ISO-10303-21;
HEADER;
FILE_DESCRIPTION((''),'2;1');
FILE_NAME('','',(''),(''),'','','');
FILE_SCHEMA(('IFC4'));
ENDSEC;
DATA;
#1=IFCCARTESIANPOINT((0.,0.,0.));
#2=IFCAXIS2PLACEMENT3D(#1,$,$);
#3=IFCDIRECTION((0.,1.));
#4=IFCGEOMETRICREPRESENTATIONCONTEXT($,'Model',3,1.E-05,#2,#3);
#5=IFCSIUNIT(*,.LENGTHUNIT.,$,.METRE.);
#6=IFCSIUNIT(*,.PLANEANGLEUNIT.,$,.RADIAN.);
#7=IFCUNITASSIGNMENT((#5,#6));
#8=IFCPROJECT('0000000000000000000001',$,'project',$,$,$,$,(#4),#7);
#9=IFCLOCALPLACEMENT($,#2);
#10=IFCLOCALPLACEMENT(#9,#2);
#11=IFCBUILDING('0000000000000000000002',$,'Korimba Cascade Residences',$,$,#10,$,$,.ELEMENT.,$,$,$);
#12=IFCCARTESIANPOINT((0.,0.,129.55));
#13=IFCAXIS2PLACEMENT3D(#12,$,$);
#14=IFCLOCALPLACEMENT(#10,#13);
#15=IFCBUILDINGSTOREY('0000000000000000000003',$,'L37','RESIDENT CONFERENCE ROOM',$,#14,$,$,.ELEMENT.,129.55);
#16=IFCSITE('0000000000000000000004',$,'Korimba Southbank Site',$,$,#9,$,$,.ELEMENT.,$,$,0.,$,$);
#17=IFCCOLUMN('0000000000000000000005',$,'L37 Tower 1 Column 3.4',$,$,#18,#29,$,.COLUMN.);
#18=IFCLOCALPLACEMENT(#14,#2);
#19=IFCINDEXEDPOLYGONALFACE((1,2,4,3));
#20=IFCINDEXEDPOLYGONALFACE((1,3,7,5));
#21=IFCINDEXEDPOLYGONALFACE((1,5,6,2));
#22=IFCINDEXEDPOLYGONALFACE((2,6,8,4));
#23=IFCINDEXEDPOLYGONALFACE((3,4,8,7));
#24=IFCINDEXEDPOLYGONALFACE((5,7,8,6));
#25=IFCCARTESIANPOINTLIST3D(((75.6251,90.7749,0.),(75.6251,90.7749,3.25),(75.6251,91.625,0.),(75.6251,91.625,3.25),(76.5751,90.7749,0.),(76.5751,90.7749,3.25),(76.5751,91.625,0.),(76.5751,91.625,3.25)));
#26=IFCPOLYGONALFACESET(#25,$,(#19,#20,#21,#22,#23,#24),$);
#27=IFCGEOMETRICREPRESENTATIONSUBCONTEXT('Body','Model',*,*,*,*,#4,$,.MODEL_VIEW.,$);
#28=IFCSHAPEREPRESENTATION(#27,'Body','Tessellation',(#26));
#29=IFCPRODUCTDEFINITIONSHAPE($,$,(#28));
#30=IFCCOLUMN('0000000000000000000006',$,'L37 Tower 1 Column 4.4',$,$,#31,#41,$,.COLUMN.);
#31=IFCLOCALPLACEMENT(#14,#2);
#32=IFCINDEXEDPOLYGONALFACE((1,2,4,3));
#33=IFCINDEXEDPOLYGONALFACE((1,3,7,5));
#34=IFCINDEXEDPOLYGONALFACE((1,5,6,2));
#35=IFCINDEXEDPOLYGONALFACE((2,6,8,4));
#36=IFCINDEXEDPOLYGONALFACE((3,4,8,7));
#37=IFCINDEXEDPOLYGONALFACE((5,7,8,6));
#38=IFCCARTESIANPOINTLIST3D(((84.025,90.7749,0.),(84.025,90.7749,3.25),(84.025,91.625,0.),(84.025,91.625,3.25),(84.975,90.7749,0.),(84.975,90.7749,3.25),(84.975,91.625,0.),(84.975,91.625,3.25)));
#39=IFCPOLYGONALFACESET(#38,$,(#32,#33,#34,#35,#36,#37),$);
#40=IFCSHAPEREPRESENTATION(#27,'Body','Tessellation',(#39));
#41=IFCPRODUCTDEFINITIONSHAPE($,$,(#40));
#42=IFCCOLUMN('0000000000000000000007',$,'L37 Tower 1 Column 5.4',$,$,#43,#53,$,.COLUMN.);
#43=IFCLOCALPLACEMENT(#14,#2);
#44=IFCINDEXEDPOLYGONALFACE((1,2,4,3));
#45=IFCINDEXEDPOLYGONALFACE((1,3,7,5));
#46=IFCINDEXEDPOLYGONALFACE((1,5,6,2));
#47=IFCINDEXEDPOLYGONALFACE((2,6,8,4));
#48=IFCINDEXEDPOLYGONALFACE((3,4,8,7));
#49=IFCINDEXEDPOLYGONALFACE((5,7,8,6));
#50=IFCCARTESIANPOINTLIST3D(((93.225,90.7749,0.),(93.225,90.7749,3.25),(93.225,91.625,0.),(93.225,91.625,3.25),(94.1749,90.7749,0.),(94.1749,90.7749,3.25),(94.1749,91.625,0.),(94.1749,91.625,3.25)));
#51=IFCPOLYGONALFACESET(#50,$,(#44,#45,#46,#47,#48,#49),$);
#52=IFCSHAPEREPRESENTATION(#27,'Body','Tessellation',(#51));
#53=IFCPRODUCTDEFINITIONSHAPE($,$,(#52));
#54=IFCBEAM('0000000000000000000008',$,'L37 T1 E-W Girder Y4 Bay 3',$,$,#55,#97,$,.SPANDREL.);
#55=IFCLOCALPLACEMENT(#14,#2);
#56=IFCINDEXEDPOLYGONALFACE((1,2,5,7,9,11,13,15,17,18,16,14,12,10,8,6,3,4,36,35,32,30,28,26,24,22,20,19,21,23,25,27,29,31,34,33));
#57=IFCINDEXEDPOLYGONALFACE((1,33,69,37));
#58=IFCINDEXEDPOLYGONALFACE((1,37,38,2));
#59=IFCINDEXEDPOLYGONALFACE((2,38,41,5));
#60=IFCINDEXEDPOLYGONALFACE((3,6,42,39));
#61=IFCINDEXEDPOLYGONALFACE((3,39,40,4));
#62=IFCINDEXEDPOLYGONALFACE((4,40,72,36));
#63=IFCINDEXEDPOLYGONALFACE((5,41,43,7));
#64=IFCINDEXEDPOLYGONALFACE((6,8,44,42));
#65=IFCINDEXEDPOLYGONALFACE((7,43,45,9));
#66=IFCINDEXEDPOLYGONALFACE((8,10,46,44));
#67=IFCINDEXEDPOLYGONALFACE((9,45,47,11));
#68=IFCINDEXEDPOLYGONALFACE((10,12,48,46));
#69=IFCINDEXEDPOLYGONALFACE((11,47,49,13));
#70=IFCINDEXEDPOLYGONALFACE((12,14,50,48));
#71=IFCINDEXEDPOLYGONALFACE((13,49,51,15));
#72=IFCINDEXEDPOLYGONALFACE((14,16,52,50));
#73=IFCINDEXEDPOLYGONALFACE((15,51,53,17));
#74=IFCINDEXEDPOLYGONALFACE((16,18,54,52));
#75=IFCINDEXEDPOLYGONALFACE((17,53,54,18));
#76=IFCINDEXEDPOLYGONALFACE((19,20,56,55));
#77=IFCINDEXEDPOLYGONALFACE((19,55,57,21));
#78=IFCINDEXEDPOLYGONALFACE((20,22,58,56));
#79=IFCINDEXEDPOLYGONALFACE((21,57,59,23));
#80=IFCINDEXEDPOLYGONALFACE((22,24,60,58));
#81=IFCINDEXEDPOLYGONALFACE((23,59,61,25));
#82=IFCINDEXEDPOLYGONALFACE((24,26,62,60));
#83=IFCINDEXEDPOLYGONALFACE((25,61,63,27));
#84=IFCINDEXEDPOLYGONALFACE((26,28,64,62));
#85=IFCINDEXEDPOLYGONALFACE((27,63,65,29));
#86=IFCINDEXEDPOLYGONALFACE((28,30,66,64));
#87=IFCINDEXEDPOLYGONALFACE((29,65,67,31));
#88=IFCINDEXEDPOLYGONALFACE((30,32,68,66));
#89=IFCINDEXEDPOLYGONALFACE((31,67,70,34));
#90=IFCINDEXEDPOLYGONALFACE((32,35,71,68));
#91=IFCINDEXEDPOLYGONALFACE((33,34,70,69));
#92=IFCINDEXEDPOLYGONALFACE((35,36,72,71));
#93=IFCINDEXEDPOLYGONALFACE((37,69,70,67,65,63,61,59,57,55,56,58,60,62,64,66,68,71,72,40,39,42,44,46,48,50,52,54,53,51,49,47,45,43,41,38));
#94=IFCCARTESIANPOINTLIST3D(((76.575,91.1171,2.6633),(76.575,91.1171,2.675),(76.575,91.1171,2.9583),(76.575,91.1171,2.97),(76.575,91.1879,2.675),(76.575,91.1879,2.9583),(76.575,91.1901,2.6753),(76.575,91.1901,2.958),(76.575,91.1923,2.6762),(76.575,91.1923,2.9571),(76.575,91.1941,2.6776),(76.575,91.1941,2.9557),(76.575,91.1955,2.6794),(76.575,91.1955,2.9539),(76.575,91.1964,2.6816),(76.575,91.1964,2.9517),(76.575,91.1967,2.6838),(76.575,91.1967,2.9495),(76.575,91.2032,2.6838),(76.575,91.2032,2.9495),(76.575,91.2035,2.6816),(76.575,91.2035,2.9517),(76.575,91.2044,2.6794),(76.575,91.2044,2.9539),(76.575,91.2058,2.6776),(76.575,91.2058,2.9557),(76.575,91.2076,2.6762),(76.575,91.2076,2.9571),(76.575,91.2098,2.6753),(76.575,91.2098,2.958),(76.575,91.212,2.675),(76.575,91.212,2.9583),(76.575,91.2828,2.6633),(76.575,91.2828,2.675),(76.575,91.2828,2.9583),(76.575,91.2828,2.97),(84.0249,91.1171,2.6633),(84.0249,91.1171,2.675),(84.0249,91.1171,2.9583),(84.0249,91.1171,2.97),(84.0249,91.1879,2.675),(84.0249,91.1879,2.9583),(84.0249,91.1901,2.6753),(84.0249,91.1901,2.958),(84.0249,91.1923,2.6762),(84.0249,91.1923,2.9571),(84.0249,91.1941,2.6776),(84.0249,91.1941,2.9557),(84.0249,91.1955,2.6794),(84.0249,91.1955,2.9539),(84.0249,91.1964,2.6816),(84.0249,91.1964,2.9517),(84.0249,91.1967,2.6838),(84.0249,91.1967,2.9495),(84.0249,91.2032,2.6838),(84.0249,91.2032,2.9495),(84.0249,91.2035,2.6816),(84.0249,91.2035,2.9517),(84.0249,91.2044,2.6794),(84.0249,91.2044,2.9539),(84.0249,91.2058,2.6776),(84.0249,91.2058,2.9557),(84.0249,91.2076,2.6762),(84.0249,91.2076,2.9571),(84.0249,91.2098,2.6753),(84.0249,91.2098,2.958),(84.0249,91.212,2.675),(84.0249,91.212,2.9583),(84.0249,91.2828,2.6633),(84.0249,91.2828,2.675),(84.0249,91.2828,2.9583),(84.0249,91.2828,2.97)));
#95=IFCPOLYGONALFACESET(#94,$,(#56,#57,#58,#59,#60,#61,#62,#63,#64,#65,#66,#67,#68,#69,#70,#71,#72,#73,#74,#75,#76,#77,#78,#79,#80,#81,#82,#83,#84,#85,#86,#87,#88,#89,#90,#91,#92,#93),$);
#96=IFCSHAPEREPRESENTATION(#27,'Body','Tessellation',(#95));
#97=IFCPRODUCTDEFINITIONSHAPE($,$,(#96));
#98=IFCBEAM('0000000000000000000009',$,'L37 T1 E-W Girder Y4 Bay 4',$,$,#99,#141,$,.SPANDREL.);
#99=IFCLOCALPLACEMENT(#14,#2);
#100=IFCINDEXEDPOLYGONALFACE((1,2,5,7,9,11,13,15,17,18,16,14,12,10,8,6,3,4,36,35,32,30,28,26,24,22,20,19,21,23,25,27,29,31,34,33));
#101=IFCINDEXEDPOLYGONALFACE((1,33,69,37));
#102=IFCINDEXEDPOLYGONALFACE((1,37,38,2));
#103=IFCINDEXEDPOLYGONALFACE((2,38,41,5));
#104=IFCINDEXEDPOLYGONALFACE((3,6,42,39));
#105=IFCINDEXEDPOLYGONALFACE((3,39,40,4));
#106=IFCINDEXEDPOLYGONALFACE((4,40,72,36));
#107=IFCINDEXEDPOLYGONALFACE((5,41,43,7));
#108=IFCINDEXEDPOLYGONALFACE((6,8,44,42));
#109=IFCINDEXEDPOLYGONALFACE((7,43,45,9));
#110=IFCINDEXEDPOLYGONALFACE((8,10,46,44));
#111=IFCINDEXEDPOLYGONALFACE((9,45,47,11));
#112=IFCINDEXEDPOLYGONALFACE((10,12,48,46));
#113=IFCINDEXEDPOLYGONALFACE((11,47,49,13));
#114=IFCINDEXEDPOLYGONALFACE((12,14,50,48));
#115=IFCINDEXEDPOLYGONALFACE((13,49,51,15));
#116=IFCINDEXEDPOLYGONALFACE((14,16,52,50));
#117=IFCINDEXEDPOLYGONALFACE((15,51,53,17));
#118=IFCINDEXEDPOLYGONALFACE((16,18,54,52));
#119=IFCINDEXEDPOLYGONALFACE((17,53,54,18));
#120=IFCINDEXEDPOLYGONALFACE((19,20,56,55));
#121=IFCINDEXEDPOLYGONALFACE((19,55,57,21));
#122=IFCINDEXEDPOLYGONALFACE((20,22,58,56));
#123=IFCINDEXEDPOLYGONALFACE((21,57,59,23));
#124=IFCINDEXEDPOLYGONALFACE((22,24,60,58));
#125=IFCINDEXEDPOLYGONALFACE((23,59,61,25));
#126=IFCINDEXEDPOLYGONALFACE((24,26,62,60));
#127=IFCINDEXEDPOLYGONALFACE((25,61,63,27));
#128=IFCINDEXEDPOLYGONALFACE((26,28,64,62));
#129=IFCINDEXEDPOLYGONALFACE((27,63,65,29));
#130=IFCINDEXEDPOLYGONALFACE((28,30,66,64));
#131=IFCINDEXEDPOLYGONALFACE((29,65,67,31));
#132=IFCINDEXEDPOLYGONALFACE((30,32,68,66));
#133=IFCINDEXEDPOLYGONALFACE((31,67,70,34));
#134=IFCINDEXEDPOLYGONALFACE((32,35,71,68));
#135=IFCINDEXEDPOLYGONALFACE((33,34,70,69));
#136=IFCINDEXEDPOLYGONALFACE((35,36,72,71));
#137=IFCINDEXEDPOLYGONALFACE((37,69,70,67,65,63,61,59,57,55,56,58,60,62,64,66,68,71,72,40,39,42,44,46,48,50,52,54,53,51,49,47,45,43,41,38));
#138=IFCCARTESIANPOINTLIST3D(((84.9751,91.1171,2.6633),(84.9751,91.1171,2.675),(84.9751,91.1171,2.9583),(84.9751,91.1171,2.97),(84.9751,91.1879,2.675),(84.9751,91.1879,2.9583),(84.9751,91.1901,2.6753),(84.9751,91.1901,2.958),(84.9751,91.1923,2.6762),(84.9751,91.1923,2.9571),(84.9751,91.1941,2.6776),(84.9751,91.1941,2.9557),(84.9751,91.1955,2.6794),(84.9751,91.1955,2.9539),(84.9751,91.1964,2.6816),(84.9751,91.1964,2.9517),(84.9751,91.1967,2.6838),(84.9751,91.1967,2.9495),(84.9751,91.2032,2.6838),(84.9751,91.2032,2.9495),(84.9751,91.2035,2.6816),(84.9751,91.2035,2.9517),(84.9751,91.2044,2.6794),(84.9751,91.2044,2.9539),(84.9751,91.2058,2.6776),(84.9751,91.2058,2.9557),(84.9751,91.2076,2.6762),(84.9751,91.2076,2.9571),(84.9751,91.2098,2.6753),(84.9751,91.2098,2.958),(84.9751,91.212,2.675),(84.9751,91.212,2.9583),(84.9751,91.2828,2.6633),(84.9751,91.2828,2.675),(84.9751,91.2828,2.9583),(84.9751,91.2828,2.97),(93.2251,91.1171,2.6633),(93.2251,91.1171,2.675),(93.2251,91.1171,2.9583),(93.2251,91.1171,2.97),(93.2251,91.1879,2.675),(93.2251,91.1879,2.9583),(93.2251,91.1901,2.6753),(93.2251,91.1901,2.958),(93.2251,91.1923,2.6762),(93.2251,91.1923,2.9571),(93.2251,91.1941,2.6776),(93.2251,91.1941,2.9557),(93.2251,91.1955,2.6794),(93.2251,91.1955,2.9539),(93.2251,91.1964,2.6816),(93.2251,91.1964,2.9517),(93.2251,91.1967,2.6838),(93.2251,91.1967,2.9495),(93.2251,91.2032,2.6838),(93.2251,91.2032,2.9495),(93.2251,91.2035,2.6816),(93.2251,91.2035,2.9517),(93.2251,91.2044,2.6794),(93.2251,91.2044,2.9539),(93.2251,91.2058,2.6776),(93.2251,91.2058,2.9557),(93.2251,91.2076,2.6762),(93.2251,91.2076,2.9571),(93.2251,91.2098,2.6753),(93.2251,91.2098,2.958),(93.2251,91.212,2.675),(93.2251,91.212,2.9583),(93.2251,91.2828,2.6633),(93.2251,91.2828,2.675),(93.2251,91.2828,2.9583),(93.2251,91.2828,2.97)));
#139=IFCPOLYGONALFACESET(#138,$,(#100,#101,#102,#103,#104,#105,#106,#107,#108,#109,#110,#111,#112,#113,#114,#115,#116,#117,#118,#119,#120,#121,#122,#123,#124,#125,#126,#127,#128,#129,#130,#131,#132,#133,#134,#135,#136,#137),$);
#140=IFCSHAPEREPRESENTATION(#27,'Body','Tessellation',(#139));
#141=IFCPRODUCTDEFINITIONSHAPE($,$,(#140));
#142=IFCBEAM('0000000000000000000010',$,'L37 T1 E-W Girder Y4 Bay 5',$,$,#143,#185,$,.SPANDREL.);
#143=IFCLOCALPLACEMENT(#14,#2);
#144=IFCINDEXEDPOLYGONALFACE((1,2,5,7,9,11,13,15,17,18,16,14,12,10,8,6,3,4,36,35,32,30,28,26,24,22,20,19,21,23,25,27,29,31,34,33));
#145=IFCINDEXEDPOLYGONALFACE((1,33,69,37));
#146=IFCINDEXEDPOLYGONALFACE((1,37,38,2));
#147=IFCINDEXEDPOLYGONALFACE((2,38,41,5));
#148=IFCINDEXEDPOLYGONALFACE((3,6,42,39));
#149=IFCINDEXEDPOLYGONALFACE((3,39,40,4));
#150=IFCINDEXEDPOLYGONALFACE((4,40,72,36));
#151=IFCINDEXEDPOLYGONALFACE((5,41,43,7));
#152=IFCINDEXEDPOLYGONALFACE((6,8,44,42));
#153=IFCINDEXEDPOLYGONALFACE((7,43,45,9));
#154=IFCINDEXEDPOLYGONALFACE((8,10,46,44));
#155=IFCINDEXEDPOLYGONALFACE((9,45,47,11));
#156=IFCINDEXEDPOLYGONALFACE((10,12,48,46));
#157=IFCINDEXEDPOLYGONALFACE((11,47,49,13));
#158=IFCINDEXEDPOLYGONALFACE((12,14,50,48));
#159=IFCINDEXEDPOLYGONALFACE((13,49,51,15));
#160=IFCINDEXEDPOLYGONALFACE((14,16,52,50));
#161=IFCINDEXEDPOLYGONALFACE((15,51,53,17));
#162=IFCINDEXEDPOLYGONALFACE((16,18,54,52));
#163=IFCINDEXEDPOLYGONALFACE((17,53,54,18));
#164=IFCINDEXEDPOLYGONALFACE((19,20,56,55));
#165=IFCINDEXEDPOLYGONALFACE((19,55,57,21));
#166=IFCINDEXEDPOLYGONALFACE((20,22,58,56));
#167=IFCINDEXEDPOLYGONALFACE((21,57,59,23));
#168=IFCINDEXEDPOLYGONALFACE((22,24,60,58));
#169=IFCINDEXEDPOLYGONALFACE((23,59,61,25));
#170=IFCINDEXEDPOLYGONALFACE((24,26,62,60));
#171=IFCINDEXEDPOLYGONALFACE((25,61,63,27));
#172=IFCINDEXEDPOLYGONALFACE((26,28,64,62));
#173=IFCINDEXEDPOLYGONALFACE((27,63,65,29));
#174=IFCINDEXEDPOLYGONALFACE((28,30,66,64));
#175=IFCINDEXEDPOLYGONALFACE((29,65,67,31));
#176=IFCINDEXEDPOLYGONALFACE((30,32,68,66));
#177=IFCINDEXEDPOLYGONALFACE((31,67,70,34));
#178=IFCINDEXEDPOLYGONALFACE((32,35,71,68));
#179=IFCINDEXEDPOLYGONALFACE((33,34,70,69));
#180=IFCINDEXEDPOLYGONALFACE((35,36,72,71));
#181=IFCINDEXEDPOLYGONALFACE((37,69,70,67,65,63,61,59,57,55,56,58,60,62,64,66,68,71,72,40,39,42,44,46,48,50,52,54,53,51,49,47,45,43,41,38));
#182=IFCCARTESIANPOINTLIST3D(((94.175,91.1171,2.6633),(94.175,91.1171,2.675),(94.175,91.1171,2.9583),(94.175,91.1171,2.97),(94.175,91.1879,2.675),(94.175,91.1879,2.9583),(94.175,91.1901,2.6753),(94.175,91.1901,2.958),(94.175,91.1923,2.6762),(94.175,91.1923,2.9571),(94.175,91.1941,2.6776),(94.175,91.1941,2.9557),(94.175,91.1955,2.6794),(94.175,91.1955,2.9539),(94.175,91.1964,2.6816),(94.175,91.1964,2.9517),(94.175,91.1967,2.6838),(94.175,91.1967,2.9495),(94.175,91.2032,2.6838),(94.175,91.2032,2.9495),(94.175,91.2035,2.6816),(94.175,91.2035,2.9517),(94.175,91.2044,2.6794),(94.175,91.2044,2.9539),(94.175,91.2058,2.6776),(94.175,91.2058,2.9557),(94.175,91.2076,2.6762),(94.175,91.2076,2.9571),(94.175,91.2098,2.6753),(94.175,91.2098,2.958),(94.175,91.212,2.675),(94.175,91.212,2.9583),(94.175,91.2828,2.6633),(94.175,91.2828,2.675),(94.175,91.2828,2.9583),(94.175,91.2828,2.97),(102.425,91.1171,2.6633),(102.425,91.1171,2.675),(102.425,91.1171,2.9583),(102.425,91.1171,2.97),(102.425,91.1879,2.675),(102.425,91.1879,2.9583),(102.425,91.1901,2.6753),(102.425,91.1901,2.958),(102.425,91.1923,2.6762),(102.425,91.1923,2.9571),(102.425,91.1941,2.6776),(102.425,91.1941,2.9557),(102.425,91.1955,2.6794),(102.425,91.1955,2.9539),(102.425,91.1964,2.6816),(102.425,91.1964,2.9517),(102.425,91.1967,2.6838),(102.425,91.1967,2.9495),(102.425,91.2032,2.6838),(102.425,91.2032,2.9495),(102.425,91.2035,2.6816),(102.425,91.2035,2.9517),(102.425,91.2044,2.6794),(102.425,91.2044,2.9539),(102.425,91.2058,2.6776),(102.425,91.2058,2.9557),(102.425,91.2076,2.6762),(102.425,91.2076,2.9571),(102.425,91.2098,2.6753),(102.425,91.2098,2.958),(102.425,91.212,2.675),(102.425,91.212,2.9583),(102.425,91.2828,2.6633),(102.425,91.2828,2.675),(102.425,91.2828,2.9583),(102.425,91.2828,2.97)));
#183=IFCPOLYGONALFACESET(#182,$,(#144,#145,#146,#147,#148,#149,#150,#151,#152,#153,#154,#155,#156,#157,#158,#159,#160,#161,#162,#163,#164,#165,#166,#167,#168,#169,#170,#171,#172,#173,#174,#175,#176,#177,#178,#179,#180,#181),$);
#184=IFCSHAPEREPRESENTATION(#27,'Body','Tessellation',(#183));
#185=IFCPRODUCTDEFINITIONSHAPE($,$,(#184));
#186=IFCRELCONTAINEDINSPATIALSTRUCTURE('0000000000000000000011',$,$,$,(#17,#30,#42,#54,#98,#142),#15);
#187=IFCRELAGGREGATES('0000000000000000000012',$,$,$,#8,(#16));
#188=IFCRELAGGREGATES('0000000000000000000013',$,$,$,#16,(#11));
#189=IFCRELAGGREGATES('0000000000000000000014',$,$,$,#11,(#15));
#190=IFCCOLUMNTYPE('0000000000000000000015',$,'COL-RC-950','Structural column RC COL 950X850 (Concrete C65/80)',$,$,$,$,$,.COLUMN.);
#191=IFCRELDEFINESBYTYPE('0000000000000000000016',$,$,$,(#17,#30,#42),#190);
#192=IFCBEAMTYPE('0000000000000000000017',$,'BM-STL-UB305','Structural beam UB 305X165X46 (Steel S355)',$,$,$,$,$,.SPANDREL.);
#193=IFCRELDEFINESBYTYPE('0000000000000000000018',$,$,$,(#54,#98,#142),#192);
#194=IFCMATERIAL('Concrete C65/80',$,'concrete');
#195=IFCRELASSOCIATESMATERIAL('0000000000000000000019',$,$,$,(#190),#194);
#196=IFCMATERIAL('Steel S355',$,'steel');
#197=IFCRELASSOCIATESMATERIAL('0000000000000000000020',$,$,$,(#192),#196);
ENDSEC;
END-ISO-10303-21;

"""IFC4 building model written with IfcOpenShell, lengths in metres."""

from ifc_helpers import new_model, si_unit, direction, frame, origin, origin_2d, place, context, subcontext, project, spatial, rectangle, i_section, extrude, material, material_profile, profile_set, type_object, element, save


model = new_model("IFC4")

# Units and contexts
model_context = context("Model", 3, precision=1e-05, world=origin(), true_north=direction((0.0, 1.0)))
body_context = subcontext(model_context, "Body", "Model", "MODEL_VIEW")
ifc_project = project(units=[si_unit("LENGTHUNIT", "METRE"), si_unit("PLANEANGLEUNIT", "RADIAN")], contexts=[model_context])

# Site, building, storey
site_placement = place(None, origin())
site = spatial("IfcSite", under=ifc_project, at=site_placement, Name="Korimba Southbank Site", CompositionType="ELEMENT", RefElevation=0.0)
building_placement = place(site_placement, origin())
building = spatial("IfcBuilding", under=site, at=building_placement, Name="Korimba Cascade Residences", CompositionType="ELEMENT")
storey_placement = place(building_placement, frame((0.0, 0.0, 129.55)))
storey = spatial("IfcBuildingStorey", under=building, at=storey_placement, Name="L37", Description="RESIDENT CONFERENCE ROOM", CompositionType="ELEMENT", Elevation=129.55)

# Columns
ifc_material_1 = material(Name="Concrete C65/80", Category="concrete")
ifc_material_profile_1 = material_profile(ifc_material_1, rectangle(XDim=0.95, YDim=0.8501, at=origin_2d()), Name="Concrete C65/80")
ifc_profile_set_1 = profile_set([ifc_material_profile_1], Name="Concrete C65/80")
column_type = type_object("IfcColumnType", Name="COL-RC-950", Description="Structural column RC COL 950X850 (Concrete C65/80)", PredefinedType="COLUMN", material=ifc_profile_set_1)
for number, where, z_axis, x_axis, name in (
    (1, (76.1001, 91.2, 0.0), (0.0, 0.0, 1.0), (1.0, 0.0, 0.0), "L37 Tower 1 Column 3.4"),
    (2, (84.5, 91.2, 0.0), (0.0, 0.0, 1.0), (1.0, 0.0, 0.0), "L37 Tower 1 Column 4.4"),
    (3, (93.7, 91.2, 0.0), (0.0, 0.0, 1.0), (1.0, 0.0, 0.0), "L37 Tower 1 Column 5.4"),
):
    element("IfcColumn", number, at=place(storey_placement, frame(where, z_axis=z_axis, x_axis=x_axis)), inside=storey, type_object=column_type, Name=name, PredefinedType="COLUMN", context=body_context, shape_type="SweptSolid", body=[
        extrude(rectangle(XDim=0.95, YDim=0.8501, at=origin_2d()), origin(), (0.0, 0.0, 1.0), 3.25),
    ])

# Beams
ifc_material_2 = material(Name="Steel S355", Category="steel")
ifc_material_profile_2 = material_profile(ifc_material_2, i_section(OverallWidth=0.1658, OverallDepth=0.3066, WebThickness=0.0066, FlangeThickness=0.0117, FilletRadius=0.0088, at=origin_2d()), Name="Steel S355")
ifc_profile_set_2 = profile_set([ifc_material_profile_2], Name="Steel S355")
beam_type_1 = type_object("IfcBeamType", Name="BM-STL-UB305", Description="Structural beam UB 305X165X46 (Steel S355)", PredefinedType="SPANDREL", material=ifc_profile_set_2)
beam_1_placement = place(storey_placement, frame((76.575, 91.2, 2.8167), z_axis=(1.0, 0.0, 0.0), x_axis=(0.0, 1.0, 0.0)))
element("IfcBeam", 4, at=beam_1_placement, inside=storey, type_object=beam_type_1, Name="L37 T1 E-W Girder Y4 Bay 3", PredefinedType="SPANDREL", context=body_context, shape_type="SweptSolid", body=[
    extrude(i_section(OverallWidth=0.1658, OverallDepth=0.3066, WebThickness=0.0066, FlangeThickness=0.0117, FilletRadius=0.0088, at=origin_2d()), origin(), (0.0, 0.0, 1.0), 7.45),
])
for number, where, z_axis, x_axis, name in (
    (5, (84.9751, 91.2, 2.8167), (1.0, 0.0, 0.0), (0.0, 1.0, 0.0), "L37 T1 E-W Girder Y4 Bay 4"),
    (6, (94.175, 91.2, 2.8167), (1.0, 0.0, 0.0), (0.0, 1.0, 0.0), "L37 T1 E-W Girder Y4 Bay 5"),
):
    element("IfcBeam", number, at=place(storey_placement, frame(where, z_axis=z_axis, x_axis=x_axis)), inside=storey, type_object=beam_type_1, Name=name, PredefinedType="SPANDREL", context=body_context, shape_type="SweptSolid", body=[
        extrude(i_section(OverallWidth=0.1658, OverallDepth=0.3066, WebThickness=0.0066, FlangeThickness=0.0117, FilletRadius=0.0088, at=origin_2d()), origin(), (0.0, 0.0, 1.0), 8.25),
    ])

save(model, "model.ifc")
